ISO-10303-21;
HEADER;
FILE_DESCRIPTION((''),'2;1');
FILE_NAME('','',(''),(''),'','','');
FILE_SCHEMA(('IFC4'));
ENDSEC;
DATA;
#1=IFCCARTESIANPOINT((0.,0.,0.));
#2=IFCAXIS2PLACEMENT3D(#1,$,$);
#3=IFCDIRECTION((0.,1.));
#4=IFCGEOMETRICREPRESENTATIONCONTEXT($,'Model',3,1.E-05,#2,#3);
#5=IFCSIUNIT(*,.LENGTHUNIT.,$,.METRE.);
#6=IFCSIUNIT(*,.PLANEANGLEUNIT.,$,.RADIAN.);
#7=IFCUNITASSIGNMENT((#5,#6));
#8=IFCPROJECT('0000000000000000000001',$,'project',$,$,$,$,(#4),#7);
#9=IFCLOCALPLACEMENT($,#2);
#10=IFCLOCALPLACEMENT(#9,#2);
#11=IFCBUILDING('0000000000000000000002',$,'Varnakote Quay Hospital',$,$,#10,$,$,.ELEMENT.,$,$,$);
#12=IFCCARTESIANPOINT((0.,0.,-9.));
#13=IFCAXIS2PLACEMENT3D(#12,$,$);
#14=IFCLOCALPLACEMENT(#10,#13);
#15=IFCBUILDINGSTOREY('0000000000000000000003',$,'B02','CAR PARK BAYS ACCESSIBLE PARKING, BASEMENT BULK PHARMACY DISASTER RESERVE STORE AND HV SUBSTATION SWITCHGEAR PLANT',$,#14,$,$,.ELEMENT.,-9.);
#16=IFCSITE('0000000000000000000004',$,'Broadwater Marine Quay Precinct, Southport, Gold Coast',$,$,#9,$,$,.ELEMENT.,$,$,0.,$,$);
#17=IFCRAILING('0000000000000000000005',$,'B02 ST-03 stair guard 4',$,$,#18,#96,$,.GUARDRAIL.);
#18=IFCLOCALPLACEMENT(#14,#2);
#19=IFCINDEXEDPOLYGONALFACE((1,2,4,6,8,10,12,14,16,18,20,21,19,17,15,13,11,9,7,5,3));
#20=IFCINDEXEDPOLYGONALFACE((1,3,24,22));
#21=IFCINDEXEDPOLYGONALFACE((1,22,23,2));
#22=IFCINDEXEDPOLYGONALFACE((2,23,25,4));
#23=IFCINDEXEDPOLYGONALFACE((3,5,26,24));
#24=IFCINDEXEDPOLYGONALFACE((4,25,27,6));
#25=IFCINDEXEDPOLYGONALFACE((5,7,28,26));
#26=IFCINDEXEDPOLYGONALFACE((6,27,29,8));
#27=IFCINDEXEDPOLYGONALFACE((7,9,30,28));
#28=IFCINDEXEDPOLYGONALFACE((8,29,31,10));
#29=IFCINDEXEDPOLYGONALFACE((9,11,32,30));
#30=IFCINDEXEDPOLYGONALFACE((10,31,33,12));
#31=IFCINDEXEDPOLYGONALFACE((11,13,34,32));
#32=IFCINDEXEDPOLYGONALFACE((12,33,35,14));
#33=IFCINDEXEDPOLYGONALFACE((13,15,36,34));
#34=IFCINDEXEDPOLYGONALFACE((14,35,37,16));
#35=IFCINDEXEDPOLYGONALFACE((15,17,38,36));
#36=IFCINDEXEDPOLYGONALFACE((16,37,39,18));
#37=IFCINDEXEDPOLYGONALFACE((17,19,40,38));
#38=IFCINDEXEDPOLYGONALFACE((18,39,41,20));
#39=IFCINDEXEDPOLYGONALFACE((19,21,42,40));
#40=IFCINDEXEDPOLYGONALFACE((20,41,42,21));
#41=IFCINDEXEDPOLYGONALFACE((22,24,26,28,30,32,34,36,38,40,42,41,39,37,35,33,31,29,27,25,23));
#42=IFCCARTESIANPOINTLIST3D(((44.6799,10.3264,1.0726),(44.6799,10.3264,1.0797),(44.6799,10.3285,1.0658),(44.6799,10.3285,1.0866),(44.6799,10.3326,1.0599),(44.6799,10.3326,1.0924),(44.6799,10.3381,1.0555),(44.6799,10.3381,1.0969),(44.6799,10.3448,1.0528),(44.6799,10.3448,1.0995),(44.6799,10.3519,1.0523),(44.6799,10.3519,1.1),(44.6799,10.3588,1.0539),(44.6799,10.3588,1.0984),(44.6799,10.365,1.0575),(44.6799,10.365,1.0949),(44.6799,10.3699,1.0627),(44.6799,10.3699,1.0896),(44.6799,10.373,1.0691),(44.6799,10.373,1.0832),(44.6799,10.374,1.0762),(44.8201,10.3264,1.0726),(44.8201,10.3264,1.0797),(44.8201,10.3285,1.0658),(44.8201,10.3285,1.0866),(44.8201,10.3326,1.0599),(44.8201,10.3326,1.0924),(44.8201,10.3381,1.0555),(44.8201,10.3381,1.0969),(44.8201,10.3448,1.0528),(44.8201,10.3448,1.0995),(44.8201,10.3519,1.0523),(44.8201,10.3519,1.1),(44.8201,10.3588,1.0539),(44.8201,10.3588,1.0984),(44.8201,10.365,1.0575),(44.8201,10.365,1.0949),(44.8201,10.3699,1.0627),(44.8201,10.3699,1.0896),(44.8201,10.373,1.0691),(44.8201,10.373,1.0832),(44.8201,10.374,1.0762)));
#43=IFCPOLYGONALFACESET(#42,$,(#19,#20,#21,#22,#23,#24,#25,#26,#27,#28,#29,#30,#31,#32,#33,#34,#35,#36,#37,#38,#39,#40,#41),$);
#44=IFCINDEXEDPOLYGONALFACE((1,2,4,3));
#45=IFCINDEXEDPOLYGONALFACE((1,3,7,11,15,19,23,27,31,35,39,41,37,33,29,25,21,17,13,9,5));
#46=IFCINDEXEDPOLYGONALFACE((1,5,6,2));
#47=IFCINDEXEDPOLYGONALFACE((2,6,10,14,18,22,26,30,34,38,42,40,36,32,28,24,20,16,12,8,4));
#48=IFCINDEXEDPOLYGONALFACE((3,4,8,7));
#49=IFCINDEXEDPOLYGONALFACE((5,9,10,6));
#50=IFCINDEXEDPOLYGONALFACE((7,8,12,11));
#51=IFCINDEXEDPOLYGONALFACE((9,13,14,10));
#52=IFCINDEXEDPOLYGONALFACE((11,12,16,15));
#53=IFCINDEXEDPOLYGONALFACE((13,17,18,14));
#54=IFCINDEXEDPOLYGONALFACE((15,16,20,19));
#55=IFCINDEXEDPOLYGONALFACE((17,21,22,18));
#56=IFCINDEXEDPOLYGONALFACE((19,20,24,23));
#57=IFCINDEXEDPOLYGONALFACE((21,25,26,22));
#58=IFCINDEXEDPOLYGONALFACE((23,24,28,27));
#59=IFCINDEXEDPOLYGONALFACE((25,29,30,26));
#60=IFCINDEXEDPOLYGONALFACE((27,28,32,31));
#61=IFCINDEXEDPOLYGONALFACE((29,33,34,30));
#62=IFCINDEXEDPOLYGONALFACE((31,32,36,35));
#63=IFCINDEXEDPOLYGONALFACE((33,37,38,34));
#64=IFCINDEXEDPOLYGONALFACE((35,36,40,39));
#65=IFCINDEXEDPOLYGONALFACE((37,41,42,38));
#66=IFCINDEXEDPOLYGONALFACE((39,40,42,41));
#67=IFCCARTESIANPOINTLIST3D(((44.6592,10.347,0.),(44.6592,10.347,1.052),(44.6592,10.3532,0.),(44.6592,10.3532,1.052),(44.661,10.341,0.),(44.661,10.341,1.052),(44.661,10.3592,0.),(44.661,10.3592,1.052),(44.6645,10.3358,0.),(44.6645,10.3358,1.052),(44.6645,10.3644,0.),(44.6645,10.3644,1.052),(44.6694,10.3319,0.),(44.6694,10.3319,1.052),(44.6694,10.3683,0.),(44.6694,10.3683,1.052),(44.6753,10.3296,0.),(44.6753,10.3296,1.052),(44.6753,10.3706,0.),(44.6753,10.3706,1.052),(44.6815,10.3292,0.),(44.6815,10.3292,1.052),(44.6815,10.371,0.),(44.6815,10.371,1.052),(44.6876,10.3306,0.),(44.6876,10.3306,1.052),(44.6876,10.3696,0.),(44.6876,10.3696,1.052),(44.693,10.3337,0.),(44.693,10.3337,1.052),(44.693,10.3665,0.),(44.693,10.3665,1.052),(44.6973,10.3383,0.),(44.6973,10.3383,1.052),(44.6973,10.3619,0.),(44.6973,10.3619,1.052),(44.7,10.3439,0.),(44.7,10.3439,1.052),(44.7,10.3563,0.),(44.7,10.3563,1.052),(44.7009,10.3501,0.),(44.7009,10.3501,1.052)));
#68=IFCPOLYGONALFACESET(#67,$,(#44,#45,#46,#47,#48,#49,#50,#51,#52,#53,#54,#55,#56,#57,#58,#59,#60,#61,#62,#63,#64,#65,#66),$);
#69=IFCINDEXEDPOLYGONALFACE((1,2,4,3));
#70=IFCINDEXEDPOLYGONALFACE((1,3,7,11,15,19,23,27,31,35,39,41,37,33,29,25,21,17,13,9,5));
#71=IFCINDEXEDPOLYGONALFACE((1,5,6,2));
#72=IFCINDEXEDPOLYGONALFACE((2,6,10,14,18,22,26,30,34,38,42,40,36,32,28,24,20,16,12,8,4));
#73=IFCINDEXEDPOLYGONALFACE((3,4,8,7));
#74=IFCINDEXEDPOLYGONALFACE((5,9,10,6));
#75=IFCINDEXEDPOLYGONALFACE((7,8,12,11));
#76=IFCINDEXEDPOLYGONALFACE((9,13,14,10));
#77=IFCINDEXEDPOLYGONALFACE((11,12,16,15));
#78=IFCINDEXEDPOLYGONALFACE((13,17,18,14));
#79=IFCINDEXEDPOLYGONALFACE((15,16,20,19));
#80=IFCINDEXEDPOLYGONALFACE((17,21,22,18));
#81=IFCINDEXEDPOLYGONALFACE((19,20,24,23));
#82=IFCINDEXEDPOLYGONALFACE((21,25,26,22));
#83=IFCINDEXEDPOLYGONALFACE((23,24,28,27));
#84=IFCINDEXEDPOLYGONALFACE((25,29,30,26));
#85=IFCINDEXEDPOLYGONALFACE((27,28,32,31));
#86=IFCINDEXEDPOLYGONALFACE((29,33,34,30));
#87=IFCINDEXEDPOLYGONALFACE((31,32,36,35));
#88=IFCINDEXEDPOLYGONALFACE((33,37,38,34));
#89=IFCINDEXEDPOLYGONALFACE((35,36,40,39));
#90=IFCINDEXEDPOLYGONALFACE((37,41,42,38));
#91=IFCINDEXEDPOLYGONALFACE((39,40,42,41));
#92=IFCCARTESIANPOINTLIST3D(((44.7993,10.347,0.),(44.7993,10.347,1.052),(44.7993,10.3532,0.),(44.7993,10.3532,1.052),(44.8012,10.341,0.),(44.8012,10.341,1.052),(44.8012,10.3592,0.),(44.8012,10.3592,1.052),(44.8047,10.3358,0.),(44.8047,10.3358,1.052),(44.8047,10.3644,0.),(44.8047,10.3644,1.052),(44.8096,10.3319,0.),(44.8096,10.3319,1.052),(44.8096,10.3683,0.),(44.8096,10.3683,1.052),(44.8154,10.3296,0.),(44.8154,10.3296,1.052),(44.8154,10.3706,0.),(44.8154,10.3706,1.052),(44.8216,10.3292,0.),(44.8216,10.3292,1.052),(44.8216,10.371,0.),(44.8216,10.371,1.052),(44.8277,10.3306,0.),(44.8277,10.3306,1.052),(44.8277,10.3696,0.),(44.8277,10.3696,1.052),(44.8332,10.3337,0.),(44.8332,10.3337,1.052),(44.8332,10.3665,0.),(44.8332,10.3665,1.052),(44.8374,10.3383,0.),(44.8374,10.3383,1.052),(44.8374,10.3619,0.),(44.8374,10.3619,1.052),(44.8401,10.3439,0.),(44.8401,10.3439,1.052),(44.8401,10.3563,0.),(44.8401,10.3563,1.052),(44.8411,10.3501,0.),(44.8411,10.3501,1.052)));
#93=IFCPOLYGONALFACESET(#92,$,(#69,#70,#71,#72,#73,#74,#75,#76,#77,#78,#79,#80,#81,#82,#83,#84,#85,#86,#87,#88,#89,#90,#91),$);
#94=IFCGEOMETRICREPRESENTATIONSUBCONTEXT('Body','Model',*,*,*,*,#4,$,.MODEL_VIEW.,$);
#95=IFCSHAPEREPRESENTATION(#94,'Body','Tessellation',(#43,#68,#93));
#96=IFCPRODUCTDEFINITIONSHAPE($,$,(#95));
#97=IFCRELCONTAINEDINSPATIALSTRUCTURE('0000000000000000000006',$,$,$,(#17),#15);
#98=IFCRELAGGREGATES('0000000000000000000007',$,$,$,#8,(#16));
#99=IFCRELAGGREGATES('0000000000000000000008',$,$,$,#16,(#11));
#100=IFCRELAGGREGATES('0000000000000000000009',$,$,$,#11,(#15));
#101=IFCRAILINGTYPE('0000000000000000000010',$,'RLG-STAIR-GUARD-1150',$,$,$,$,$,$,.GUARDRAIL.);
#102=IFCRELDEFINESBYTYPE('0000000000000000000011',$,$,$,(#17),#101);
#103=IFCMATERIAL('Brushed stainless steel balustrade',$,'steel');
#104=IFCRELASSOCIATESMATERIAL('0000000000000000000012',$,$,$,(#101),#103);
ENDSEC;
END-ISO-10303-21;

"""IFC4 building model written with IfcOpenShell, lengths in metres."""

from ifc_helpers import new_model, si_unit, direction, frame, origin, origin_2d, place, context, subcontext, project, spatial, circle, extrude, material, type_object, element, save


model = new_model("IFC4")

# Units and contexts
model_context = context("Model", 3, precision=1e-05, world=origin(), true_north=direction((0.0, 1.0)))
body_context = subcontext(model_context, "Body", "Model", "MODEL_VIEW")
ifc_project = project(units=[si_unit("LENGTHUNIT", "METRE"), si_unit("PLANEANGLEUNIT", "RADIAN")], contexts=[model_context])

# Site, building, storey
site_placement = place(None, origin())
site = spatial("IfcSite", under=ifc_project, at=site_placement, Name="Broadwater Marine Quay Precinct, Southport, Gold Coast", CompositionType="ELEMENT", RefElevation=0.0)
building_placement = place(site_placement, origin())
building = spatial("IfcBuilding", under=site, at=building_placement, Name="Varnakote Quay Hospital", CompositionType="ELEMENT")
storey_placement = place(building_placement, frame((0.0, 0.0, -9.0)))
storey = spatial("IfcBuildingStorey", under=building, at=storey_placement, Name="B02", Description="CAR PARK BAYS ACCESSIBLE PARKING, BASEMENT BULK PHARMACY DISASTER RESERVE STORE AND HV SUBSTATION SWITCHGEAR PLANT", CompositionType="ELEMENT", Elevation=-9.0)

# Railing
ifc_material_1 = material(Name="Brushed stainless steel balustrade", Category="steel")
railing_type_1 = type_object("IfcRailingType", Name="RLG-STAIR-GUARD-1150", PredefinedType="GUARDRAIL", material=ifc_material_1)
railing_1_placement = place(storey_placement, frame((44.6799, 10.3501, 0.0)))
element("IfcRailing", 1, at=railing_1_placement, inside=storey, type_object=railing_type_1, Name="B02 ST-03 stair guard 4", PredefinedType="GUARDRAIL", context=body_context, shape_type="SweptSolid", body=[
    extrude(circle(Radius=0.0239, at=origin_2d()), frame((0.0, 0.0, 1.0762), z_axis=(1.0, 0.0, 0.0), x_axis=(0.0, 1.0, 0.0)), (0.0, 0.0, 1.0), 0.1401),
    extrude(circle(Radius=0.021, at=origin_2d()), origin(), (0.0, 0.0, 1.0), 1.052),
    extrude(circle(Radius=0.021, at=origin_2d()), frame((0.1401, 0.0, 0.0)), (0.0, 0.0, 1.0), 1.052),
])

save(model, "model.ifc")
